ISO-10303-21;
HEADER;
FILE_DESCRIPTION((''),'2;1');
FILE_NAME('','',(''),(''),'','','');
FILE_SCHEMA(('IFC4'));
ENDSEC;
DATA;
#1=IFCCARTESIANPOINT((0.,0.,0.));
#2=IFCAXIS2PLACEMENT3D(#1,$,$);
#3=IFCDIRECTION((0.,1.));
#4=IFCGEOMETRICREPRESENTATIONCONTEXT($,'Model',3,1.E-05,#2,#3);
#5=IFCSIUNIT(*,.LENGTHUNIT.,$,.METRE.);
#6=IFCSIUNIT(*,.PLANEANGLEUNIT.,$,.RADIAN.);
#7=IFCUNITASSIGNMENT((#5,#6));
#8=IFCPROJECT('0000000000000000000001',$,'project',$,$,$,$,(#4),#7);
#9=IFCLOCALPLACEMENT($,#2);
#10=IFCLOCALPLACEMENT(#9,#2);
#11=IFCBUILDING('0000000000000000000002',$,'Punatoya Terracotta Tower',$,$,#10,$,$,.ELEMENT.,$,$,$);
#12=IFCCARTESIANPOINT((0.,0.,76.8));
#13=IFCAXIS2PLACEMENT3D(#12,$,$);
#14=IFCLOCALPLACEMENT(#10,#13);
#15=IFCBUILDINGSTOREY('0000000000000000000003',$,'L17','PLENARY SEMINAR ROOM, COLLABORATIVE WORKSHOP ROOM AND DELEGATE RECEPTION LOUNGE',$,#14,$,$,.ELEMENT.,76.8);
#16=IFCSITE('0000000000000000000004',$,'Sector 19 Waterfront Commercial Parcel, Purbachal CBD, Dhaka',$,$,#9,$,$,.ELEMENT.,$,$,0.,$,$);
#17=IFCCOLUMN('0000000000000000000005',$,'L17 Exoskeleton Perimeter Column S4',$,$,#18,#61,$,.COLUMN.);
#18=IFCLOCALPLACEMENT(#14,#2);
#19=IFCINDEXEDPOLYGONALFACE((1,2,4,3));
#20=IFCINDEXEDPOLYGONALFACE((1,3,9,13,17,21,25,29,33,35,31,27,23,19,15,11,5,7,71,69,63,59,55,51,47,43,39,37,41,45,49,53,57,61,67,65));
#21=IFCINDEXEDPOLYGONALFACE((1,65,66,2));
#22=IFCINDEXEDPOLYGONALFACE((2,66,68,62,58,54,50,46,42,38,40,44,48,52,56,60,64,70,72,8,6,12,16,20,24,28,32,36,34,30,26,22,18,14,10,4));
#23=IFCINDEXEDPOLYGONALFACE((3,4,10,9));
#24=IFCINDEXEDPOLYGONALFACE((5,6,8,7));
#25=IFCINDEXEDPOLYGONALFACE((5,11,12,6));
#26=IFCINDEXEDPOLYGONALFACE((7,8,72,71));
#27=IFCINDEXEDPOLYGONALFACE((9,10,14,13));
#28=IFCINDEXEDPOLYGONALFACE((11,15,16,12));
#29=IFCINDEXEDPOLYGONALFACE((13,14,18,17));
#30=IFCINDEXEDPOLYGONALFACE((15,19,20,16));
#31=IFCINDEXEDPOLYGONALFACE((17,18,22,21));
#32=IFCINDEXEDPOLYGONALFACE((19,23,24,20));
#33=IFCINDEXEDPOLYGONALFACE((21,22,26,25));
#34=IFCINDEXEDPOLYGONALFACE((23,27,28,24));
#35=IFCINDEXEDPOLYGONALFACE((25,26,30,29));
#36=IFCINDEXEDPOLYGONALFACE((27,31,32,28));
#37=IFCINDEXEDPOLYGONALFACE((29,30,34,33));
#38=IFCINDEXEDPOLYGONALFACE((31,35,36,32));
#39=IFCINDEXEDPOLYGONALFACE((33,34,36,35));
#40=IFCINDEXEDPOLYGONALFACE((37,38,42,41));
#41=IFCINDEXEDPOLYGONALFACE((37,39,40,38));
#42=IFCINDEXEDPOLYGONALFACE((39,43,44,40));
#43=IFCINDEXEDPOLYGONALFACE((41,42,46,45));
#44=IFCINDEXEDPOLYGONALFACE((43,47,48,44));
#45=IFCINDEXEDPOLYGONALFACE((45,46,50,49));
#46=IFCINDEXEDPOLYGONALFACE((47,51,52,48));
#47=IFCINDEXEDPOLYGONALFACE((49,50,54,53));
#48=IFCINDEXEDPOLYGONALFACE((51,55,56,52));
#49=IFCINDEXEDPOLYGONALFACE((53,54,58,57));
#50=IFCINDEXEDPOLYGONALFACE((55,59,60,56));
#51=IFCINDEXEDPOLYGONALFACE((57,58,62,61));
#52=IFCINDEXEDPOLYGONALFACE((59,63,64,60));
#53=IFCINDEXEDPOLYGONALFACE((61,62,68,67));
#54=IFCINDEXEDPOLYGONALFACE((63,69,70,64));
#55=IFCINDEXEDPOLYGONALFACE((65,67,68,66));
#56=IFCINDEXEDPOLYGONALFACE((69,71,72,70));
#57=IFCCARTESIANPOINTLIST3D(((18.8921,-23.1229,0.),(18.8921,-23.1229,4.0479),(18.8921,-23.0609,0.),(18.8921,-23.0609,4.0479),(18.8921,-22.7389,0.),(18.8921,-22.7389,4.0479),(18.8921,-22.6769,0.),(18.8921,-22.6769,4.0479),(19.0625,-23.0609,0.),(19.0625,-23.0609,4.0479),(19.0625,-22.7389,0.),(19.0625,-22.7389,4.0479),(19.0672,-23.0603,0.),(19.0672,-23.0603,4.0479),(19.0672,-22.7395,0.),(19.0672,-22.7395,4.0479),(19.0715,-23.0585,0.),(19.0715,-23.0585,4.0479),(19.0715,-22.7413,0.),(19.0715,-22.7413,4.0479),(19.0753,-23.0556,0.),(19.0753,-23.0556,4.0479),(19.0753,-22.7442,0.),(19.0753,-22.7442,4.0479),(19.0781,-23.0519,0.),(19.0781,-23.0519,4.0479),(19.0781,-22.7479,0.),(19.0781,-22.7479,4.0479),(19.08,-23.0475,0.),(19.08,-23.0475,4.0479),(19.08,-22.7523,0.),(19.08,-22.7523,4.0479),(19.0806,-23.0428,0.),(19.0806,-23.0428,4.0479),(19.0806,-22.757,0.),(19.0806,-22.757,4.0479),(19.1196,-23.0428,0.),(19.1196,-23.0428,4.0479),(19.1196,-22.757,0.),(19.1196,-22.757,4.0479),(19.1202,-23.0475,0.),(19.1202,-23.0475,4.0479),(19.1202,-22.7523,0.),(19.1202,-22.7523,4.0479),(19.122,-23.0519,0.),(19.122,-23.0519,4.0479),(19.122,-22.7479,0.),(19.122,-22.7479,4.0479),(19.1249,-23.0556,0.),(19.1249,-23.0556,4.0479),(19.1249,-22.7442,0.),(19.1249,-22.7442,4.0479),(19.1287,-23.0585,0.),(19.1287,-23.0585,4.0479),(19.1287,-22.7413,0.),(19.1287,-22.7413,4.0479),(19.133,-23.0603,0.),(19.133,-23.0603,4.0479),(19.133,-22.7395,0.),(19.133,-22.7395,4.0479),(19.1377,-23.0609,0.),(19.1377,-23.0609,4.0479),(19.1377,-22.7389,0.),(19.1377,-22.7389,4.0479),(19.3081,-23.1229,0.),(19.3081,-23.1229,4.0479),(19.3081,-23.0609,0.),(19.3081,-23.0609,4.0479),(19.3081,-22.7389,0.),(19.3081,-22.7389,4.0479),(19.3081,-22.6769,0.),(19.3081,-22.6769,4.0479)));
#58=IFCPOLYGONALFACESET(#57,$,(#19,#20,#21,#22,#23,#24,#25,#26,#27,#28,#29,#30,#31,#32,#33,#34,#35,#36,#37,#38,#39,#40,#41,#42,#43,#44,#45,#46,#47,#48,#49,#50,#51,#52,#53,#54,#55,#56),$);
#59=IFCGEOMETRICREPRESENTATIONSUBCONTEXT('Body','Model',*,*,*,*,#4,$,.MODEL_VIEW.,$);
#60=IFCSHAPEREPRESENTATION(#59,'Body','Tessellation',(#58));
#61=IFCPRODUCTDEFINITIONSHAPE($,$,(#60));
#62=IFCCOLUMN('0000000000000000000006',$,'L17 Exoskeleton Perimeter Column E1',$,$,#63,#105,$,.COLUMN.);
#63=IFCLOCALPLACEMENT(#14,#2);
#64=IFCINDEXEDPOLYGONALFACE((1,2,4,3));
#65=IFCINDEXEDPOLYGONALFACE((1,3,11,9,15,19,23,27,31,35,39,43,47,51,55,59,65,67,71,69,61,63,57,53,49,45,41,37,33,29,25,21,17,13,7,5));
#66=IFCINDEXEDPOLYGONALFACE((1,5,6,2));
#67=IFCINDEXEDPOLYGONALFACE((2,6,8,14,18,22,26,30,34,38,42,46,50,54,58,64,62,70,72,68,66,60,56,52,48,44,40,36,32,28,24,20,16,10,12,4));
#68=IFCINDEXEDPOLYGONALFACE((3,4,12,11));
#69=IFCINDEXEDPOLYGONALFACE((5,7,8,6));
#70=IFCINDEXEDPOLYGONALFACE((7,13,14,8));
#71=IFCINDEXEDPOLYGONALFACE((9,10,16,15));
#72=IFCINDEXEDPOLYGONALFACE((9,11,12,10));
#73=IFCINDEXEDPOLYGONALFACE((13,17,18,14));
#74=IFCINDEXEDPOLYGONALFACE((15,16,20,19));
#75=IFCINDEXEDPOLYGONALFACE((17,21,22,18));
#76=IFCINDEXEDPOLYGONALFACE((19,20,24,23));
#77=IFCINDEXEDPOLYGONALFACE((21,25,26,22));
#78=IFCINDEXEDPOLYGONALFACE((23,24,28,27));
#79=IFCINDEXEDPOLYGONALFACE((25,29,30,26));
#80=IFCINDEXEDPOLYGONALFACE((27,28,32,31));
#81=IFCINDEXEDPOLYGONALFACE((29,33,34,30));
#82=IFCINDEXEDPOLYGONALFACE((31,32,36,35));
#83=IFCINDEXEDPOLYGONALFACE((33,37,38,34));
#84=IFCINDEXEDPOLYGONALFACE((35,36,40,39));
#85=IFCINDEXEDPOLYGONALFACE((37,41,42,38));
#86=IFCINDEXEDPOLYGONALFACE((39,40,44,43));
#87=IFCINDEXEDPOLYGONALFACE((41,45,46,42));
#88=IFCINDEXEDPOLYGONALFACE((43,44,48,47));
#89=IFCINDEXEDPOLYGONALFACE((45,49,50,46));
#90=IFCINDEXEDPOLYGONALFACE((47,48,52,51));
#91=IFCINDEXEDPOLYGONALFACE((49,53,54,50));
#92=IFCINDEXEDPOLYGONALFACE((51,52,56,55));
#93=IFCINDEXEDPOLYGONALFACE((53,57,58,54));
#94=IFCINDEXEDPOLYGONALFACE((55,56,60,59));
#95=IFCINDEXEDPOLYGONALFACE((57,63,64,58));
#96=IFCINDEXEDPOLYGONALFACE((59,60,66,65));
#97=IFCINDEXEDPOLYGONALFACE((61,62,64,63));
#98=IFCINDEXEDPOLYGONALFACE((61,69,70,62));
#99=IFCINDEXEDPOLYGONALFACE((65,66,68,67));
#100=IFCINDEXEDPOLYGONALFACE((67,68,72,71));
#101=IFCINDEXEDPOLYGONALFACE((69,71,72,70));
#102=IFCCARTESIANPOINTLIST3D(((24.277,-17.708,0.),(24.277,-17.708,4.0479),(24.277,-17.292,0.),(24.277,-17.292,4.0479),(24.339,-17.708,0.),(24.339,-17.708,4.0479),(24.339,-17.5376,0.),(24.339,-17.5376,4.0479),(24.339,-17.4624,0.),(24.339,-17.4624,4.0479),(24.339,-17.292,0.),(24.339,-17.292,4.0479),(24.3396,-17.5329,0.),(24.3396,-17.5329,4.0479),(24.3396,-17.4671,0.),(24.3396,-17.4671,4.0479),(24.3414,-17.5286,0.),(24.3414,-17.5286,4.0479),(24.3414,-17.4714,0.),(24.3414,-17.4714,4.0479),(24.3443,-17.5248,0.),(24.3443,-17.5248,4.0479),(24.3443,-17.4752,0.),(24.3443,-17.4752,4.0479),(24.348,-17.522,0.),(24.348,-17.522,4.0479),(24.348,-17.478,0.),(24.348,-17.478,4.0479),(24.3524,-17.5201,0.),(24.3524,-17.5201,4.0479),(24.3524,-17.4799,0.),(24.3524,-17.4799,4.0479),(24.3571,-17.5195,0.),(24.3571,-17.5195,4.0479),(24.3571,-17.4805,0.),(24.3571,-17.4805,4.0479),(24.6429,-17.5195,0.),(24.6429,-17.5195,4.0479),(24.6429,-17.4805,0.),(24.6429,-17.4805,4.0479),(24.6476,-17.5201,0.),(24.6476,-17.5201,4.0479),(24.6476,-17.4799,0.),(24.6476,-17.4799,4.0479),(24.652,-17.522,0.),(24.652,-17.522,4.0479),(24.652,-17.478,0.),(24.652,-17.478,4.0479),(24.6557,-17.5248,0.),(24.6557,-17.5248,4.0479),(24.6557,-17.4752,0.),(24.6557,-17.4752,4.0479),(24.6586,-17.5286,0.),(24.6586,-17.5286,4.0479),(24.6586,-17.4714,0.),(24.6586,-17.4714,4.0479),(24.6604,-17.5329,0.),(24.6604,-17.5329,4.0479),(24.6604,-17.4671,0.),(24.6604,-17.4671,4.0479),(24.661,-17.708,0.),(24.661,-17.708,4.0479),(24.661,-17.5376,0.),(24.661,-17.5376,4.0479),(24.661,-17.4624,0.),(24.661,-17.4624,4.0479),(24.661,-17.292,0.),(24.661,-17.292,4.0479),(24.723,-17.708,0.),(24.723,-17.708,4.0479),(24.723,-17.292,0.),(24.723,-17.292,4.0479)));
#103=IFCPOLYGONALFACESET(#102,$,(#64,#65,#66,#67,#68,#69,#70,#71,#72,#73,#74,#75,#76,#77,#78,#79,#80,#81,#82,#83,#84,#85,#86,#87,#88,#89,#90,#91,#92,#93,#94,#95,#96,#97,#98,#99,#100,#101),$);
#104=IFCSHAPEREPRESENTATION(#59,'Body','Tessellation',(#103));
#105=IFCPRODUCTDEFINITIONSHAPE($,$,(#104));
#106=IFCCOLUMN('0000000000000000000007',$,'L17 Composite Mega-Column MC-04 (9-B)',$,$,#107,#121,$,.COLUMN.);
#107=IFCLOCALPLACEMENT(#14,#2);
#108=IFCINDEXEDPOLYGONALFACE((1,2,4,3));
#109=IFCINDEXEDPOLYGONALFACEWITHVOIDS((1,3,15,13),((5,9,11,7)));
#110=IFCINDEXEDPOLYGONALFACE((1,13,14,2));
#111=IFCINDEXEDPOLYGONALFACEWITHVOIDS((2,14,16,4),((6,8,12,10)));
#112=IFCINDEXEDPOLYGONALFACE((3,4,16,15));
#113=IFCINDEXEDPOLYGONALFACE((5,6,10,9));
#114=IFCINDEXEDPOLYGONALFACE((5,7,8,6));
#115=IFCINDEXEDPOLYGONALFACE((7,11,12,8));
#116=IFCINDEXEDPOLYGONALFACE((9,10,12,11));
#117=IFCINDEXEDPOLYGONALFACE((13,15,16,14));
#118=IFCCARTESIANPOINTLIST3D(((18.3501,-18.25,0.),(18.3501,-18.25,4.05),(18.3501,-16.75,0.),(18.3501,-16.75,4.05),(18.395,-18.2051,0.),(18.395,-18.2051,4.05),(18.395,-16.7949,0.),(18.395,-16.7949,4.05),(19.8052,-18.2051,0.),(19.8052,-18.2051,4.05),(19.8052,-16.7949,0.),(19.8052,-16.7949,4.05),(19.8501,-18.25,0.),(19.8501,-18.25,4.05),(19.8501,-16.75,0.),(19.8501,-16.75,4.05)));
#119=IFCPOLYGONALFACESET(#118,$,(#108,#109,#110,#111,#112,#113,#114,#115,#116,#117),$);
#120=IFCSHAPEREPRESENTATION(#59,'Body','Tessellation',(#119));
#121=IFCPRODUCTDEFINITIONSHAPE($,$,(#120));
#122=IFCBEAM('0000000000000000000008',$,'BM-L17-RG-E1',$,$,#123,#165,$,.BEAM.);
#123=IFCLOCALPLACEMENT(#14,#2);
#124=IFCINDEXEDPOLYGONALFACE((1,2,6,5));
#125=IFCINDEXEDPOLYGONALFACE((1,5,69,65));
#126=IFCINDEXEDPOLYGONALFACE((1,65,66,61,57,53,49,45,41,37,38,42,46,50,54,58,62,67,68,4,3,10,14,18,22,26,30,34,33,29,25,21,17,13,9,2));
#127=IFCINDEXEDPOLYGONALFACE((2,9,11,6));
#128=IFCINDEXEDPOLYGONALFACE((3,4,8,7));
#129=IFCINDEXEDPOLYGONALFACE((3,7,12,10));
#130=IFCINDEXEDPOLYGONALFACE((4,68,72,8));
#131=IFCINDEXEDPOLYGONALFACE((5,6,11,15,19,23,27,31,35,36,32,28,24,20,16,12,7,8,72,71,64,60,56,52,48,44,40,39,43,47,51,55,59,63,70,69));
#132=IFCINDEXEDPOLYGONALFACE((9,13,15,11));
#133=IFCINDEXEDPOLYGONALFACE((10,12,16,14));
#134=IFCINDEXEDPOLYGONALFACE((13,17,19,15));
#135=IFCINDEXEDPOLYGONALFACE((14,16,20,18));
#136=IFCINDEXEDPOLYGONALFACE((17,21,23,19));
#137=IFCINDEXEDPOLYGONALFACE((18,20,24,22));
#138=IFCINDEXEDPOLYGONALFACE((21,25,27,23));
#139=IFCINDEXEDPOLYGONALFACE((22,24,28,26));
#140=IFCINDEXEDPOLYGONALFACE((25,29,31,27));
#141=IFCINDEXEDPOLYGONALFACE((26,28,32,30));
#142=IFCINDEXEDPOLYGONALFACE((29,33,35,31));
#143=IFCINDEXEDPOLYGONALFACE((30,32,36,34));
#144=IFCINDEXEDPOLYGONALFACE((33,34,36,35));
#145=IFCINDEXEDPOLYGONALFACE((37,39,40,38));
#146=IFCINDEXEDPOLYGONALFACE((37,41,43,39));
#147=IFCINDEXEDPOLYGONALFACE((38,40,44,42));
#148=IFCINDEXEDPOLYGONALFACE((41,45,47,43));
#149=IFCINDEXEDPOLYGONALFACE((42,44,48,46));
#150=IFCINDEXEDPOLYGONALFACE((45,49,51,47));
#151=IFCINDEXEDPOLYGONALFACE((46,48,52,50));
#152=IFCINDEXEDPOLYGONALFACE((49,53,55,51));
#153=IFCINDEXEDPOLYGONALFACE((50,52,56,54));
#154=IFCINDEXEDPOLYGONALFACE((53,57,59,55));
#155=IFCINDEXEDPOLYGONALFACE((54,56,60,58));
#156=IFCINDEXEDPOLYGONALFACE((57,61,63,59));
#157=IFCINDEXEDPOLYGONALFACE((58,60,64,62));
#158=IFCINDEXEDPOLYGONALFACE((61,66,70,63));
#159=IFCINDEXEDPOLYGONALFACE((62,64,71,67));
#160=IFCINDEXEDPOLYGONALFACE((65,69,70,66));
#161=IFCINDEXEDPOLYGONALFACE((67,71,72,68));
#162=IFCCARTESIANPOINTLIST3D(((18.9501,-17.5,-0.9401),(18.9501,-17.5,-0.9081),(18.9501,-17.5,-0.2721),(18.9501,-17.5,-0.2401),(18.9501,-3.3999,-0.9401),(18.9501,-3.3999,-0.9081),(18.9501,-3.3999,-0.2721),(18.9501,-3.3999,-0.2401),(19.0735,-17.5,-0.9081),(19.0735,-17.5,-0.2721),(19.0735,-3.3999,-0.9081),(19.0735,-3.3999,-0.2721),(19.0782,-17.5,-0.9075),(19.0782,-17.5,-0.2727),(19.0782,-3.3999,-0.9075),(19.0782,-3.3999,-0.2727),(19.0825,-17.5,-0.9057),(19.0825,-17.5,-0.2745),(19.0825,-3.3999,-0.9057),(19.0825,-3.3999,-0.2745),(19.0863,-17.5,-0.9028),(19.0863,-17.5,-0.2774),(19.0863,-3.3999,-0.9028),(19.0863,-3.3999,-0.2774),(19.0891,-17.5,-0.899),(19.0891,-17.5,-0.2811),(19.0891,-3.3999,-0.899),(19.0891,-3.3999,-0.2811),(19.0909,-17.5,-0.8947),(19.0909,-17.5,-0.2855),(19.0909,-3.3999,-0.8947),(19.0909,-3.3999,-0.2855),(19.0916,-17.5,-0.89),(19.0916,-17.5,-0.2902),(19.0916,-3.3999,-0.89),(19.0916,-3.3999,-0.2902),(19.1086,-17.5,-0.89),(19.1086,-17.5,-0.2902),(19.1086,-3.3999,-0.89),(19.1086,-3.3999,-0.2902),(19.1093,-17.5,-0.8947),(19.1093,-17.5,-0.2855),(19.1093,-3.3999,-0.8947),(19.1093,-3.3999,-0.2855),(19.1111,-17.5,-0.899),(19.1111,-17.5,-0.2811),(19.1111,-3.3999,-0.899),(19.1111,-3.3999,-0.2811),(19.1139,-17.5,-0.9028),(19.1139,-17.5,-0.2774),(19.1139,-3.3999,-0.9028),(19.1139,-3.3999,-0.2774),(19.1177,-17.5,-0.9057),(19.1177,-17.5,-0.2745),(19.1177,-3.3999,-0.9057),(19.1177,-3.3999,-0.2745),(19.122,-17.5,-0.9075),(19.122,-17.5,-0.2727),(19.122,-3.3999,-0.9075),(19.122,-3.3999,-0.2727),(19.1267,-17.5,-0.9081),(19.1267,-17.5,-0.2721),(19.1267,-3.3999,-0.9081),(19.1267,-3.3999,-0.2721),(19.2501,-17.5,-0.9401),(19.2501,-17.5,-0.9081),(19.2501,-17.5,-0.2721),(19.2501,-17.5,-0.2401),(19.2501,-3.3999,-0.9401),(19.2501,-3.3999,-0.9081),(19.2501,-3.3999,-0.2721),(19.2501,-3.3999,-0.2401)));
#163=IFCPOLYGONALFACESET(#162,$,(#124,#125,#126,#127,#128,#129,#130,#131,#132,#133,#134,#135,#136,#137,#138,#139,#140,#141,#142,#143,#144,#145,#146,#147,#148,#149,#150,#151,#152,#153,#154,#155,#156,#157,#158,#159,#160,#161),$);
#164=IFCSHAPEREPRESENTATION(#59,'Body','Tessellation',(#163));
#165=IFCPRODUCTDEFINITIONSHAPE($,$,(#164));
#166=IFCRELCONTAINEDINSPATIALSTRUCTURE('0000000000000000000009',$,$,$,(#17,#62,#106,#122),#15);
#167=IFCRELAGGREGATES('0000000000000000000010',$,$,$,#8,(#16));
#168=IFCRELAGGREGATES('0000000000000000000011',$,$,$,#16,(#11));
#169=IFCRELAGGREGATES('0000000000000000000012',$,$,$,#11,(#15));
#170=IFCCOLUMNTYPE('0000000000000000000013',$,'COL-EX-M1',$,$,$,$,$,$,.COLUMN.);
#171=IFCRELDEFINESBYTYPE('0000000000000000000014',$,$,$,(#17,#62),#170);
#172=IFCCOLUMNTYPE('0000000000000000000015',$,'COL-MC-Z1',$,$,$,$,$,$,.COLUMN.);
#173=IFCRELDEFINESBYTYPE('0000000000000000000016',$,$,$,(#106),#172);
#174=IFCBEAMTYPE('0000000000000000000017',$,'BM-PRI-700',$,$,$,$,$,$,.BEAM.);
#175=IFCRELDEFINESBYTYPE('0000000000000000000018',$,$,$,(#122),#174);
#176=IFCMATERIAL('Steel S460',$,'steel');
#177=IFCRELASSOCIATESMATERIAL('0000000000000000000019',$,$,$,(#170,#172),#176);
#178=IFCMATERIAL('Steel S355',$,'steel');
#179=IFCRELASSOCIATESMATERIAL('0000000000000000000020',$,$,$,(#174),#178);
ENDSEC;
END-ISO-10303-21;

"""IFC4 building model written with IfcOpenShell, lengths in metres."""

from ifc_helpers import new_model, si_unit, direction, frame, origin, origin_2d, place, context, subcontext, project, spatial, hollow_rectangle, i_section, extrude, material, material_profile, profile_set, type_object, element, save


model = new_model("IFC4")

# Units and contexts
model_context = context("Model", 3, precision=1e-05, world=origin(), true_north=direction((0.0, 1.0)))
body_context = subcontext(model_context, "Body", "Model", "MODEL_VIEW")
ifc_project = project(units=[si_unit("LENGTHUNIT", "METRE"), si_unit("PLANEANGLEUNIT", "RADIAN")], contexts=[model_context])

# Site, building, storey
site_placement = place(None, origin())
site = spatial("IfcSite", under=ifc_project, at=site_placement, Name="Sector 19 Waterfront Commercial Parcel, Purbachal CBD, Dhaka", CompositionType="ELEMENT", RefElevation=0.0)
building_placement = place(site_placement, origin())
building = spatial("IfcBuilding", under=site, at=building_placement, Name="Punatoya Terracotta Tower", CompositionType="ELEMENT")
storey_placement = place(building_placement, frame((0.0, 0.0, 76.8)))
storey = spatial("IfcBuildingStorey", under=building, at=storey_placement, Name="L17", Description="PLENARY SEMINAR ROOM, COLLABORATIVE WORKSHOP ROOM AND DELEGATE RECEPTION LOUNGE", CompositionType="ELEMENT", Elevation=76.8)

# Columns
ifc_material_1 = material(Name="Steel S460", Category="steel")
ifc_material_profile_1 = material_profile(ifc_material_1, i_section(OverallWidth=0.416, OverallDepth=0.446, WebThickness=0.0391, FlangeThickness=0.062, FilletRadius=0.0181, at=origin_2d()))
ifc_profile_set_1 = profile_set([ifc_material_profile_1], Name="Steel S460")
column_type_1 = type_object("IfcColumnType", Name="COL-EX-M1", PredefinedType="COLUMN", material=ifc_profile_set_1)
for number, where, z_axis, x_axis, name in (
    (1, (19.1001, -22.8999, 0.0), (0.0, 0.0, 1.0), (1.0, 0.0, 0.0), "L17 Exoskeleton Perimeter Column S4"),
    (2, (24.5, -17.5, 0.0), (0.0, 0.0, 1.0), (0.0, 1.0, 0.0), "L17 Exoskeleton Perimeter Column E1"),
):
    element("IfcColumn", number, at=place(storey_placement, frame(where, z_axis=z_axis, x_axis=x_axis)), inside=storey, type_object=column_type_1, Name=name, PredefinedType="COLUMN", context=body_context, shape_type="SweptSolid", body=[
        extrude(i_section(OverallWidth=0.416, OverallDepth=0.446, WebThickness=0.0391, FlangeThickness=0.062, FilletRadius=0.0181, at=origin_2d()), origin(), (0.0, 0.0, 1.0), 4.0479),
    ])
ifc_material_profile_2 = material_profile(ifc_material_1, hollow_rectangle(XDim=1.5, YDim=1.5, WallThickness=0.0449, at=origin_2d()))
ifc_profile_set_2 = profile_set([ifc_material_profile_2], Name="Steel S460")
column_type_2 = type_object("IfcColumnType", Name="COL-MC-Z1", PredefinedType="COLUMN", material=ifc_profile_set_2)
column_placement = place(storey_placement, frame((19.1001, -17.5, 0.0), z_axis=(0.0, 0.0, 1.0), x_axis=(1.0, 0.0, 0.0)))
element("IfcColumn", 3, at=column_placement, inside=storey, type_object=column_type_2, Name="L17 Composite Mega-Column MC-04 (9-B)", PredefinedType="COLUMN", context=body_context, shape_type="SweptSolid", body=[
    extrude(hollow_rectangle(XDim=1.5, YDim=1.5, WallThickness=0.0449, at=origin_2d()), origin(), (0.0, 0.0, 1.0), 4.05),
])

# Beam
ifc_material_2 = material(Name="Steel S355", Category="steel")
ifc_material_profile_3 = material_profile(ifc_material_2, i_section(OverallWidth=0.3, OverallDepth=0.7, WebThickness=0.0171, FlangeThickness=0.032, FilletRadius=0.0181, at=origin_2d()))
ifc_profile_set_3 = profile_set([ifc_material_profile_3], Name="Steel S355")
beam_type_1 = type_object("IfcBeamType", Name="BM-PRI-700", PredefinedType="BEAM", material=ifc_profile_set_3)
beam_1_placement = place(storey_placement, frame((19.1001, -17.5, -0.5901), z_axis=(0.0, 1.0, 0.0), x_axis=(-1.0, 0.0, 0.0)))
element("IfcBeam", 4, at=beam_1_placement, inside=storey, type_object=beam_type_1, Name="BM-L17-RG-E1", PredefinedType="BEAM", context=body_context, shape_type="SweptSolid", body=[
    extrude(i_section(OverallWidth=0.3, OverallDepth=0.7, WebThickness=0.0171, FlangeThickness=0.032, FilletRadius=0.0181, at=origin_2d()), origin(), (0.0, 0.0, 1.0), 14.1001),
])

save(model, "model.ifc")
